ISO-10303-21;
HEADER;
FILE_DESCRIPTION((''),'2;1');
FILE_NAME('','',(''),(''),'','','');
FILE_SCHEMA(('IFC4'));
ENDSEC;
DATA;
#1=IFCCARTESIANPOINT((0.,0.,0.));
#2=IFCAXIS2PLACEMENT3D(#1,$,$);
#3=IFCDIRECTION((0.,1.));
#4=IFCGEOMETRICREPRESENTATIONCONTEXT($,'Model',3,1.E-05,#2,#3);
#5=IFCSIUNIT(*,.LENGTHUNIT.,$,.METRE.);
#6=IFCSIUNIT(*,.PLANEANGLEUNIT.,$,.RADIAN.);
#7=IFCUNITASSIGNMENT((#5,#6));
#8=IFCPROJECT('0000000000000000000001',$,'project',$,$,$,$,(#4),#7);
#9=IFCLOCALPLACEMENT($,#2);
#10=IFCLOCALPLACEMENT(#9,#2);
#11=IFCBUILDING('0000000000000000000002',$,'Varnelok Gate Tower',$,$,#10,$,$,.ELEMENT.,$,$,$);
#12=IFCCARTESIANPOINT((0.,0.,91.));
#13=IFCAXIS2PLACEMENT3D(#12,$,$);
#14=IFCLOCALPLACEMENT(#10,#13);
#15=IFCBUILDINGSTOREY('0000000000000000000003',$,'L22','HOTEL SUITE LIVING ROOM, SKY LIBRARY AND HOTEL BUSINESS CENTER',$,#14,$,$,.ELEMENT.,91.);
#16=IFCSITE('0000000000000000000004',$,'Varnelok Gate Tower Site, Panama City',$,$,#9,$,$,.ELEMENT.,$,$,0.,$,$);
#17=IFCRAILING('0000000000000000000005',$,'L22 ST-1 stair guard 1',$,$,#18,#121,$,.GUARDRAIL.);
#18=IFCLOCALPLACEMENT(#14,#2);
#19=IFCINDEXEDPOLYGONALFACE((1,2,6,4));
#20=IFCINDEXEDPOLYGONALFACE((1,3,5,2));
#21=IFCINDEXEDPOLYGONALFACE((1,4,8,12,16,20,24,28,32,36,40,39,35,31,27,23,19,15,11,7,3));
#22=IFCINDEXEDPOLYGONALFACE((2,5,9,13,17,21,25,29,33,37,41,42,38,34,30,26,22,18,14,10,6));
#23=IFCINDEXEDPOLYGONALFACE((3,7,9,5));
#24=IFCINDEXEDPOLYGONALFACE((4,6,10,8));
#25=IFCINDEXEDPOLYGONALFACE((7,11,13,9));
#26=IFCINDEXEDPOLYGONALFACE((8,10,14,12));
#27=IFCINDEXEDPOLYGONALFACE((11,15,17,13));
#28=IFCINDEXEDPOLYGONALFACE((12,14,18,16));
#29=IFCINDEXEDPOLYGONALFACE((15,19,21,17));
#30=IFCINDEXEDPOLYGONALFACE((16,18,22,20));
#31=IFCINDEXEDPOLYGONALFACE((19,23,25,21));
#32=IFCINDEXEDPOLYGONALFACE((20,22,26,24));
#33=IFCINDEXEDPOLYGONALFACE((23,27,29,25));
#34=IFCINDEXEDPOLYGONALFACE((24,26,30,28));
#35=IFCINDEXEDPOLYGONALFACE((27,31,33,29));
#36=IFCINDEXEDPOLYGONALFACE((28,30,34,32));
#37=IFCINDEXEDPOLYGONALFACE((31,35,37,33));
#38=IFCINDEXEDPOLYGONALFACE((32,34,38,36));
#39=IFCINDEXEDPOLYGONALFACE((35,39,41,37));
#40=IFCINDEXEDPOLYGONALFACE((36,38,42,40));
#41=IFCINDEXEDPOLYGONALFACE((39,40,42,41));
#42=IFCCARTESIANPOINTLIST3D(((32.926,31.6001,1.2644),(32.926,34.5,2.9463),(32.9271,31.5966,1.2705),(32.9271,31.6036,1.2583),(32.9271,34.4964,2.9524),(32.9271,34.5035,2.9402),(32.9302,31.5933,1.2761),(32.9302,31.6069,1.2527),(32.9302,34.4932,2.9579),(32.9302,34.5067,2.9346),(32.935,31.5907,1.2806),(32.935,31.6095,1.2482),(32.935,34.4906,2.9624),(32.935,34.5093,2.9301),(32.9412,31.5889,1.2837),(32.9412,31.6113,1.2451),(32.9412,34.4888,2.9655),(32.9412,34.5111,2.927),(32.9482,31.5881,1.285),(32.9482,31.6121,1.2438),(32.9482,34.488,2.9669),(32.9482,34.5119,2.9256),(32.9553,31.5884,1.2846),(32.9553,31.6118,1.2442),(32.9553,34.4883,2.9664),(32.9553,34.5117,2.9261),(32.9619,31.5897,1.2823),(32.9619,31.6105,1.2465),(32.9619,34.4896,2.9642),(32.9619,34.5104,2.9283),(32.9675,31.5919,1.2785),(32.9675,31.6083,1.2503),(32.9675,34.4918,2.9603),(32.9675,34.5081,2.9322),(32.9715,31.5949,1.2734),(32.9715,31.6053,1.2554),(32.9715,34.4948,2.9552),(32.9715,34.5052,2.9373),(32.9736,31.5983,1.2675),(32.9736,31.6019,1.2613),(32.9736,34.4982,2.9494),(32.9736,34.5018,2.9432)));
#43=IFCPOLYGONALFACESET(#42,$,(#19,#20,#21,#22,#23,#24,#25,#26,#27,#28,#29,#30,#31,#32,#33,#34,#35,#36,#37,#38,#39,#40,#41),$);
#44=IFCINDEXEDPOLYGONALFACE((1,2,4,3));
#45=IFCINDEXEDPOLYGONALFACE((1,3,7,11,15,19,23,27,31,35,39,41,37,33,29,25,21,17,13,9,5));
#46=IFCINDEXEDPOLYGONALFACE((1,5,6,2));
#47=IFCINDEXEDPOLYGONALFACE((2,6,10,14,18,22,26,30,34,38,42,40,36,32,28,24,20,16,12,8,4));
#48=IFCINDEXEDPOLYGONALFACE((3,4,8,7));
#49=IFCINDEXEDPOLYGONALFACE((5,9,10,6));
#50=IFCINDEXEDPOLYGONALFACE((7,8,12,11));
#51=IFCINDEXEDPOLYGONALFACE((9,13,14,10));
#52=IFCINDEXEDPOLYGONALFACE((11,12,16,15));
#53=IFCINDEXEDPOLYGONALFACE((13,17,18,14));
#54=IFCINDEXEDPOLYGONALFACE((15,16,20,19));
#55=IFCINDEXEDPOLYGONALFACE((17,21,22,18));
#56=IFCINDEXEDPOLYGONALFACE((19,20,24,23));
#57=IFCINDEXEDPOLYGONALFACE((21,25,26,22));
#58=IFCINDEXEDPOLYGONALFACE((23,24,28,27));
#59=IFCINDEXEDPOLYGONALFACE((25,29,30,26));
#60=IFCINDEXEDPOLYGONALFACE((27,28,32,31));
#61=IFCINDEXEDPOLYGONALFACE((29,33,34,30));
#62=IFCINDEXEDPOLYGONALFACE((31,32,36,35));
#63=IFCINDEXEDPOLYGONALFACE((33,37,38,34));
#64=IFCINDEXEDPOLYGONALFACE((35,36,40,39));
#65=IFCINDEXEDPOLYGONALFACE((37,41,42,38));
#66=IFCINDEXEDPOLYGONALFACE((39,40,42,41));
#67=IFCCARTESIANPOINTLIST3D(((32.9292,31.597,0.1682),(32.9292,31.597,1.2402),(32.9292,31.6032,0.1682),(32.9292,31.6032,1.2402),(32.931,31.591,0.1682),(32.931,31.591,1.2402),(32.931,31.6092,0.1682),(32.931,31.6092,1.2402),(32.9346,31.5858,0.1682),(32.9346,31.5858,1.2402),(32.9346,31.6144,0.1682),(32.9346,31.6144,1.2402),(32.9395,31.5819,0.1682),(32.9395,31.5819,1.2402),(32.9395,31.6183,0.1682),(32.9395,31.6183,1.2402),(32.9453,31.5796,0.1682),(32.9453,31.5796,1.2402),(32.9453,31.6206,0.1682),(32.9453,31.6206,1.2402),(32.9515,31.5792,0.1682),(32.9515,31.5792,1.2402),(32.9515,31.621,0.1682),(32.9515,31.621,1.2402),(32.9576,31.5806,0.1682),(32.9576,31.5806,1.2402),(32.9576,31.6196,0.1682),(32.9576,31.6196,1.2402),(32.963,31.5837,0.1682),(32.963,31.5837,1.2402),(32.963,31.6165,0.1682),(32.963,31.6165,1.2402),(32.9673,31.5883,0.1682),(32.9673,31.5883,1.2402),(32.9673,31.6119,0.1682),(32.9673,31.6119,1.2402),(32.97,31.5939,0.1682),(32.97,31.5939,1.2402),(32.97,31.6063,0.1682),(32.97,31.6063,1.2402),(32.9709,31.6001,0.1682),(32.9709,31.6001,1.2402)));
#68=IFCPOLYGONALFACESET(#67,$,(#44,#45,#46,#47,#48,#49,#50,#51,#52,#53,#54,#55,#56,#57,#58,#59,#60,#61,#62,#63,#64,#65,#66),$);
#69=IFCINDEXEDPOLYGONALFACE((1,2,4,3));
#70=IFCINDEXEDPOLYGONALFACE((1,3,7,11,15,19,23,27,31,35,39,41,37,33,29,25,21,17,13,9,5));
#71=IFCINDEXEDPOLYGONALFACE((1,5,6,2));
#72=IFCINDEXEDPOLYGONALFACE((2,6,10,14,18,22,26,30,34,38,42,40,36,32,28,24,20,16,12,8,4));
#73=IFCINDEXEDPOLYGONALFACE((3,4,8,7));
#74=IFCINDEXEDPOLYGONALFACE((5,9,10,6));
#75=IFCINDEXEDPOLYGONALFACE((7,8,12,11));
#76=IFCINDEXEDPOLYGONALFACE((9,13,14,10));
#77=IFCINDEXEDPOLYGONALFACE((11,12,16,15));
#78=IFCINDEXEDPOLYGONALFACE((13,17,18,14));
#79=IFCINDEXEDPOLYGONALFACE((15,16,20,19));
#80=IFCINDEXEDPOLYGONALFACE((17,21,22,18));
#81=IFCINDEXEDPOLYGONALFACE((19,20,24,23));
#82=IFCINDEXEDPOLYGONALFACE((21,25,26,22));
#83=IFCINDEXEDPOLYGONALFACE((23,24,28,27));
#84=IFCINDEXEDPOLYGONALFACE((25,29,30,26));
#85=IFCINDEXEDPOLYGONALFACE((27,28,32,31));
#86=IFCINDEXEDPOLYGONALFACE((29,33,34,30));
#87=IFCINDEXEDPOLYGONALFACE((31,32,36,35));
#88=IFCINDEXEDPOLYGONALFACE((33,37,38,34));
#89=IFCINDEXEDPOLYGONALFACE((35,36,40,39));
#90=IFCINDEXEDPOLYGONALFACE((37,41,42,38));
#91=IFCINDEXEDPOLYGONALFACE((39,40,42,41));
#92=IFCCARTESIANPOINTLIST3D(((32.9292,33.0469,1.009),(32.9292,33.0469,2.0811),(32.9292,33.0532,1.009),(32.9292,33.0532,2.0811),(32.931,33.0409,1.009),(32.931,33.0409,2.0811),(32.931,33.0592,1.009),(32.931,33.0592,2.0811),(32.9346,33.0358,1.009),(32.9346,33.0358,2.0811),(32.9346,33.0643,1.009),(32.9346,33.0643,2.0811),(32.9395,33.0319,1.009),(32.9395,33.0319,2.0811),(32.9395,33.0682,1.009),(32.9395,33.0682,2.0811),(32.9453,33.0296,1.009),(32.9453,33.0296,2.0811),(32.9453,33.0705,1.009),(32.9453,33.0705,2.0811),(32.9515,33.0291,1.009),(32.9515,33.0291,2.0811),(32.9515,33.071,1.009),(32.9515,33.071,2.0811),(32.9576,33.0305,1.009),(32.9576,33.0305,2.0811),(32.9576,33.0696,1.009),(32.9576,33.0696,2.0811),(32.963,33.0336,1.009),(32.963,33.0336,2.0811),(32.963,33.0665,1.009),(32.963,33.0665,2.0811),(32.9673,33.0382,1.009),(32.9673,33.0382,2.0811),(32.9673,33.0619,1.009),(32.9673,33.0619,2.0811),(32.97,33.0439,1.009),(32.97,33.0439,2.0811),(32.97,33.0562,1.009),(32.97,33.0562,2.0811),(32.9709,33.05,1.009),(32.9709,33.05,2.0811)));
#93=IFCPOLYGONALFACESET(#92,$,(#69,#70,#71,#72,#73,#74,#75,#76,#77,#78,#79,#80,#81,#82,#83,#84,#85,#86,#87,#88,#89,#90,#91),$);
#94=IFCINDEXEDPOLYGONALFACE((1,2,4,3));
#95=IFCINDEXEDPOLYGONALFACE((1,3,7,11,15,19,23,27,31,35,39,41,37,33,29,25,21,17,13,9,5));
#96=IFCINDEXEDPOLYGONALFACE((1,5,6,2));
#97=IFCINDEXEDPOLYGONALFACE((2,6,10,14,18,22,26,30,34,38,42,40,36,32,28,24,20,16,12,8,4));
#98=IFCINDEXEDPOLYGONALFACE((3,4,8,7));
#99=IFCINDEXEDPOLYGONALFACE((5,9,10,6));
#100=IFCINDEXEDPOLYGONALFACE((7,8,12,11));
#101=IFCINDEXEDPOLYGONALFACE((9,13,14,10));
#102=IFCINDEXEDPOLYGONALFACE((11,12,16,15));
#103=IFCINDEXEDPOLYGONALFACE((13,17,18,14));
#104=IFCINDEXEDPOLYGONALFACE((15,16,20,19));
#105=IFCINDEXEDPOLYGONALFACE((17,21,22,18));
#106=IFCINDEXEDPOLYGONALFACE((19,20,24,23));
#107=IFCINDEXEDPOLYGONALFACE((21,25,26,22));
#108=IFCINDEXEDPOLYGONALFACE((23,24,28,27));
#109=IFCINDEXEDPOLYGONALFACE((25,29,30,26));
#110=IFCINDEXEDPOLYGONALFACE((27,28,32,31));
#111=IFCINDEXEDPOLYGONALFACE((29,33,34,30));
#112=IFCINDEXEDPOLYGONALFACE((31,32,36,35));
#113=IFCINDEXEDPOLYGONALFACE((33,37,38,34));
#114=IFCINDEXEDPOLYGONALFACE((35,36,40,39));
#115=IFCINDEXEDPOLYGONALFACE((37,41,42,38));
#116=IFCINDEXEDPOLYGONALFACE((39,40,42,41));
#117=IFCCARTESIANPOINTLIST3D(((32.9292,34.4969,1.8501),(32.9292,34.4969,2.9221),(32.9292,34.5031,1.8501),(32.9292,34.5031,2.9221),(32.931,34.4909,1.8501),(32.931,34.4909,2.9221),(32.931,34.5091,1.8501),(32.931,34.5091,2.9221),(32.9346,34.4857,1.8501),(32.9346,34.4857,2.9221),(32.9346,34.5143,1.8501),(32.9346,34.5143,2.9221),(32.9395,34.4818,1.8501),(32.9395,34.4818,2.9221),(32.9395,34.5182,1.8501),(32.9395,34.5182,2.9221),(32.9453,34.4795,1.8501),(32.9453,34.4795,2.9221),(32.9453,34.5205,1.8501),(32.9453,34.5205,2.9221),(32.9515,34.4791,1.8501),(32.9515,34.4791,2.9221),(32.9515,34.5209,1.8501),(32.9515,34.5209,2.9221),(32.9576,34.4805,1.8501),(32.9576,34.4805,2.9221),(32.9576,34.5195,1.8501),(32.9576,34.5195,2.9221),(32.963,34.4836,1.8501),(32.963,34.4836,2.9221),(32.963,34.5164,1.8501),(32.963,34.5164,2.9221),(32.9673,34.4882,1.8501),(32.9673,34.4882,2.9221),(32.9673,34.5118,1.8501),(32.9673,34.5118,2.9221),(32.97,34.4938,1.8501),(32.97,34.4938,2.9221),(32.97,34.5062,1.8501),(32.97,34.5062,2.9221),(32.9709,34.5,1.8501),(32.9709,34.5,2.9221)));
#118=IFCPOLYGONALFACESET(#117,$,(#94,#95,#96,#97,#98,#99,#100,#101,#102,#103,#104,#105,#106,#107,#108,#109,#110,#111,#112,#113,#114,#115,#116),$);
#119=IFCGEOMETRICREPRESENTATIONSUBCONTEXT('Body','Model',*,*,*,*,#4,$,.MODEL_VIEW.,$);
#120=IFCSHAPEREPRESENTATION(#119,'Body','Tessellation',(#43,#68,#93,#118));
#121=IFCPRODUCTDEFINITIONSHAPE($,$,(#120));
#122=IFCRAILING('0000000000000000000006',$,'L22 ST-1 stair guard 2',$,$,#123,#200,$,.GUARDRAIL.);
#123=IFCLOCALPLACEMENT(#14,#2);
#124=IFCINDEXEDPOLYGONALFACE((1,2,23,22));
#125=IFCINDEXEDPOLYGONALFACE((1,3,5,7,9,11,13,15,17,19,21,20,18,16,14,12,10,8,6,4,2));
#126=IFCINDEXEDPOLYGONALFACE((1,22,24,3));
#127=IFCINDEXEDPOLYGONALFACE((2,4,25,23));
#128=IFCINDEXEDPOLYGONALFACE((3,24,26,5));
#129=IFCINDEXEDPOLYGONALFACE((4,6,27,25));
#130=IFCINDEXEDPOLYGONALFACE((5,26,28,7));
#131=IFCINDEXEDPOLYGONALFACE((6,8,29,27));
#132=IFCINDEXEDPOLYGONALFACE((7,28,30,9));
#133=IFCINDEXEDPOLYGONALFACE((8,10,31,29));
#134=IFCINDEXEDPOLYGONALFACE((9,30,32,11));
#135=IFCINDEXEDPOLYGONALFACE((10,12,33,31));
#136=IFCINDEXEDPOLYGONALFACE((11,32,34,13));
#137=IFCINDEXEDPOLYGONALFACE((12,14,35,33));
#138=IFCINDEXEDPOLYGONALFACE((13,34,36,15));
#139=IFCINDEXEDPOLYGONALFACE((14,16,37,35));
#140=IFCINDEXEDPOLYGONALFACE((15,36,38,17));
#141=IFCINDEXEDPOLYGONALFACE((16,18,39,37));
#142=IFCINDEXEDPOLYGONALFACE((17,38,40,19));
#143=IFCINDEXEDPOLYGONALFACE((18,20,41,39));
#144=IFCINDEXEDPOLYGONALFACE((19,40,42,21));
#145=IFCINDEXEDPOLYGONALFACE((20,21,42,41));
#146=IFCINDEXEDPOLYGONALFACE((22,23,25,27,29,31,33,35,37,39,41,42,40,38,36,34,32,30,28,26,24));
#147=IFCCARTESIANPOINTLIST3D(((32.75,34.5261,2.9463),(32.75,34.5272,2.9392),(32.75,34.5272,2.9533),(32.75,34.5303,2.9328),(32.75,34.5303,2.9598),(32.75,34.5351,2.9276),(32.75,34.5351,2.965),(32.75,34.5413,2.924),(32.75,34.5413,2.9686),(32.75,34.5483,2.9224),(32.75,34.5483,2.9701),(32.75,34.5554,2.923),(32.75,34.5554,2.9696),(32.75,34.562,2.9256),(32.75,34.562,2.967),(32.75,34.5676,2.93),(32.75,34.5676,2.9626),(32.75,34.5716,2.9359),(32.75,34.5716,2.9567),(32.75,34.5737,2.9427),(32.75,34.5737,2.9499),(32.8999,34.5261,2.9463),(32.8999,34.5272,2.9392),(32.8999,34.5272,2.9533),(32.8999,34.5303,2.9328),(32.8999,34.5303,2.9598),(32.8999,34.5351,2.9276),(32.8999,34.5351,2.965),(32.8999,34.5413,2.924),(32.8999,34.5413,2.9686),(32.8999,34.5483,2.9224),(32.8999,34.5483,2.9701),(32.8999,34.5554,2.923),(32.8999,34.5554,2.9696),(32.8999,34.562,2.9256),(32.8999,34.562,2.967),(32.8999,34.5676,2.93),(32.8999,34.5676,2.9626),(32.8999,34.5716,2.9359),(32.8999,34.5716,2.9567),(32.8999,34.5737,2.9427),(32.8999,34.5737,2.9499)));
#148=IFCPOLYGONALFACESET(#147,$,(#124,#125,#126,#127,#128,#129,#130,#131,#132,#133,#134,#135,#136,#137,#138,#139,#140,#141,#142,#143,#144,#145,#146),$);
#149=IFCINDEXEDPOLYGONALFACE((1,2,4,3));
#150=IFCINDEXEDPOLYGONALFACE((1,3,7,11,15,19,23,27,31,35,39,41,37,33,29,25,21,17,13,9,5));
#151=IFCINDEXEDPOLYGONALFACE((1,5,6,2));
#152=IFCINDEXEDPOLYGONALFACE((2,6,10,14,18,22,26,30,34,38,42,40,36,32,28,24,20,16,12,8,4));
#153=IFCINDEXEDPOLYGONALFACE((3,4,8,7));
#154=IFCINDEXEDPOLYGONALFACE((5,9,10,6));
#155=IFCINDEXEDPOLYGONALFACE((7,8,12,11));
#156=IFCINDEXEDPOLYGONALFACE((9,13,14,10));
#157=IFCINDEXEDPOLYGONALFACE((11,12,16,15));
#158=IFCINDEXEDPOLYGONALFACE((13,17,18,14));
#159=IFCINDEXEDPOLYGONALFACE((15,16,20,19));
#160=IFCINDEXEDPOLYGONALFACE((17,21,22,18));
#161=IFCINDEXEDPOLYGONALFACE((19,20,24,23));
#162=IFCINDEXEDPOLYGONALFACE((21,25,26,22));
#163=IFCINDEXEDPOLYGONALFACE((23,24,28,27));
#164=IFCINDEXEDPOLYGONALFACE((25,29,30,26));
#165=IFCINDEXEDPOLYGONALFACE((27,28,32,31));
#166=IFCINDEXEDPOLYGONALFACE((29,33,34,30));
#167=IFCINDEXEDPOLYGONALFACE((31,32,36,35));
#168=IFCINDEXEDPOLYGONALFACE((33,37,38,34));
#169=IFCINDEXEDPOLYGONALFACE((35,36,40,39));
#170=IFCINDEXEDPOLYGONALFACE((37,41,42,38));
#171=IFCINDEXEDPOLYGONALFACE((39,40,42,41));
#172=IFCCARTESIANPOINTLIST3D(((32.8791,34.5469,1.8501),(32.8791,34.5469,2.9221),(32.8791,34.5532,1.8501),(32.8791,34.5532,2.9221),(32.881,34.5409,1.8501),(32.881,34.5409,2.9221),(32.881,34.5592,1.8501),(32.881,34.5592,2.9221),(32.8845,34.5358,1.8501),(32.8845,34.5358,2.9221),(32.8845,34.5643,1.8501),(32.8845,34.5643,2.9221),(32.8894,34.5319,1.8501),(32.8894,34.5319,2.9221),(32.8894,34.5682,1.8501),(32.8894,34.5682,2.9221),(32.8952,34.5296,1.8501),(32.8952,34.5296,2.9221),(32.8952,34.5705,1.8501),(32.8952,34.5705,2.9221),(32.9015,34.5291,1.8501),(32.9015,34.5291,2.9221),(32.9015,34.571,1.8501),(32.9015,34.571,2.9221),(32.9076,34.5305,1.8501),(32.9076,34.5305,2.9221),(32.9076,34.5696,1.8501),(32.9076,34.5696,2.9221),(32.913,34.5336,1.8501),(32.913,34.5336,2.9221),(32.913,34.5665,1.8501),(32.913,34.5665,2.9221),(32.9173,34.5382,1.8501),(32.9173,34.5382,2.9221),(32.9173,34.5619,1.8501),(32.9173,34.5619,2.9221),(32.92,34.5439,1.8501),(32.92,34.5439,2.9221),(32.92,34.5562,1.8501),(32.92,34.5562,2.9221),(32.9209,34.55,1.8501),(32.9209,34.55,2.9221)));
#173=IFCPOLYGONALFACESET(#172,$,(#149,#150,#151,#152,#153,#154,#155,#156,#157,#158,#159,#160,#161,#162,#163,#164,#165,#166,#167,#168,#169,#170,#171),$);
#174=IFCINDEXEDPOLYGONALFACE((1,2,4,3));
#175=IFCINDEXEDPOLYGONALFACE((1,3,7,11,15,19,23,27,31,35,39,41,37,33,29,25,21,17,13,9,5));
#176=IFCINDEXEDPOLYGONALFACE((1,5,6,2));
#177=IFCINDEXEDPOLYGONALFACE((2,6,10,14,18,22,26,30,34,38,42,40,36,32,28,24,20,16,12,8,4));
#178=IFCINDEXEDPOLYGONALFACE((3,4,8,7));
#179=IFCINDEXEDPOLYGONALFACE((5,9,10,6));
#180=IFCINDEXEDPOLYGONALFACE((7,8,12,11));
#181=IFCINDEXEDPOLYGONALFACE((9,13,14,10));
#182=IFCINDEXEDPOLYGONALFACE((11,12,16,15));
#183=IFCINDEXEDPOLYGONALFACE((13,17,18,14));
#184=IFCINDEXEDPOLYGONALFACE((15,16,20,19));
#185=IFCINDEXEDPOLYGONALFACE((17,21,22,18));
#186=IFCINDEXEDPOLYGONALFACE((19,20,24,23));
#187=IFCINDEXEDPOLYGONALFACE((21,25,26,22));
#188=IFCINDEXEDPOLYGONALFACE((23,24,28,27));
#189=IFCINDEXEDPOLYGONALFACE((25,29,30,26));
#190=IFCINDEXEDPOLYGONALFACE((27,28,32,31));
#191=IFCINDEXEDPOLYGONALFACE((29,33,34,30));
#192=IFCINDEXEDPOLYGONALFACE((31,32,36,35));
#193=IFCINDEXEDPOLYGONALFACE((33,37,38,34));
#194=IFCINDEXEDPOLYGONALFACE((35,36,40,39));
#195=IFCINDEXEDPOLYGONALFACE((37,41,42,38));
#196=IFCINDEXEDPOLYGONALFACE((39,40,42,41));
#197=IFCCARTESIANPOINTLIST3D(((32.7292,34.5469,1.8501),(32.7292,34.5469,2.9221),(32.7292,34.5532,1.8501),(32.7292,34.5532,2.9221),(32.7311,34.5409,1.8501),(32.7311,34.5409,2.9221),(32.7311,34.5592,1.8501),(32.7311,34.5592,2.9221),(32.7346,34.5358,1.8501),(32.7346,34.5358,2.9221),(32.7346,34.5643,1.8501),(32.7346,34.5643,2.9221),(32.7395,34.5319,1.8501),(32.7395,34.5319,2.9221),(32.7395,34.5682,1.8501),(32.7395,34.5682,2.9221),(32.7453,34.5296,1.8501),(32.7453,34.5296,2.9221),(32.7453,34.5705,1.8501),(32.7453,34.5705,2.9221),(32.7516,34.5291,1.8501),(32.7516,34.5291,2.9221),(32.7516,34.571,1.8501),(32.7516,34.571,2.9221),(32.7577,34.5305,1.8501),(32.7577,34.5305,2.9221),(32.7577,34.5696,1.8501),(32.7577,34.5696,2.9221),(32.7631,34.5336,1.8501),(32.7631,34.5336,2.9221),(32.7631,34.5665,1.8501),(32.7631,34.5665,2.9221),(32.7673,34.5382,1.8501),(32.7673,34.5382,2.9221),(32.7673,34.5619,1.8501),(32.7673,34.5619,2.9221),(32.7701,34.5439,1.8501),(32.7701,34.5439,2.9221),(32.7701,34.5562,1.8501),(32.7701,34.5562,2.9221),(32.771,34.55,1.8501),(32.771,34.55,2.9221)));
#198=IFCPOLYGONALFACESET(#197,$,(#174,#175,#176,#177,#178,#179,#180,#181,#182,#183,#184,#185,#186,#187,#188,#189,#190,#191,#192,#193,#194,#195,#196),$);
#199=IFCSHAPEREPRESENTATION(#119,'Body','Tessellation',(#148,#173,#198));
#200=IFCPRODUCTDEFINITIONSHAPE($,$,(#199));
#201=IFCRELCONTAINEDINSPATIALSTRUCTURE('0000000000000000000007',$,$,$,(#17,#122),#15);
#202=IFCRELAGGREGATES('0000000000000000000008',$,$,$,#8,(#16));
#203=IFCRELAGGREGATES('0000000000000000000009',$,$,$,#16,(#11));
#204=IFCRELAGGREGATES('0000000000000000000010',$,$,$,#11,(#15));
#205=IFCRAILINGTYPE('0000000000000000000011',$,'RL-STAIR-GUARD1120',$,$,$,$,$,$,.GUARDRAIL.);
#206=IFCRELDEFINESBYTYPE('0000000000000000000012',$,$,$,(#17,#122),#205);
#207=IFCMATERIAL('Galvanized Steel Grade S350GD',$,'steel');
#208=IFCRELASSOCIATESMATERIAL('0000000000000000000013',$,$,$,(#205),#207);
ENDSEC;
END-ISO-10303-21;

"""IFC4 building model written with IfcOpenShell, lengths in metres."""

from ifc_helpers import new_model, si_unit, direction, frame, origin, origin_2d, place, context, subcontext, project, spatial, circle, extrude, material, type_object, element, save


model = new_model("IFC4")

# Units and contexts
model_context = context("Model", 3, precision=1e-05, world=origin(), true_north=direction((0.0, 1.0)))
body_context = subcontext(model_context, "Body", "Model", "MODEL_VIEW")
ifc_project = project(units=[si_unit("LENGTHUNIT", "METRE"), si_unit("PLANEANGLEUNIT", "RADIAN")], contexts=[model_context])

# Site, building, storey
site_placement = place(None, origin())
site = spatial("IfcSite", under=ifc_project, at=site_placement, Name="Varnelok Gate Tower Site, Panama City", CompositionType="ELEMENT", RefElevation=0.0)
building_placement = place(site_placement, origin())
building = spatial("IfcBuilding", under=site, at=building_placement, Name="Varnelok Gate Tower", CompositionType="ELEMENT")
storey_placement = place(building_placement, frame((0.0, 0.0, 91.0)))
storey = spatial("IfcBuildingStorey", under=building, at=storey_placement, Name="L22", Description="HOTEL SUITE LIVING ROOM, SKY LIBRARY AND HOTEL BUSINESS CENTER", CompositionType="ELEMENT", Elevation=91.0)

# Shared definitions
ifc_material_1 = material(Name="Galvanized Steel Grade S350GD", Category="steel")

# Railings
railing_type_1 = type_object("IfcRailingType", Name="RL-STAIR-GUARD1120", PredefinedType="GUARDRAIL", material=ifc_material_1)
railing_1_placement = place(storey_placement, frame((32.95, 31.6001, 0.1682)))
element("IfcRailing", 1, at=railing_1_placement, inside=storey, type_object=railing_type_1, Name="L22 ST-1 stair guard 1", PredefinedType="GUARDRAIL", context=body_context, shape_type="SweptSolid", body=[
    extrude(circle(Radius=0.0239, at=origin_2d()), frame((0.0, 0.0, 1.0962), z_axis=(0.0, 0.865039, 0.501705), x_axis=(-1.0, 0.0, 0.0)), (0.0, 0.0, 1.0), 3.3523),
    extrude(circle(Radius=0.021, at=origin_2d()), origin(), (0.0, 0.0, 1.0), 1.072),
    extrude(circle(Radius=0.021, at=origin_2d()), frame((0.0, 1.45, 0.8408)), (0.0, 0.0, 1.0), 1.072),
    extrude(circle(Radius=0.021, at=origin_2d()), frame((0.0, 2.8999, 1.6819)), (0.0, 0.0, 1.0), 1.072),
])
railing_2_placement = place(storey_placement, frame((32.8999, 34.55, 1.8501)))
element("IfcRailing", 2, at=railing_2_placement, inside=storey, type_object=railing_type_1, Name="L22 ST-1 stair guard 2", PredefinedType="GUARDRAIL", context=body_context, shape_type="SweptSolid", body=[
    extrude(circle(Radius=0.0239, at=origin_2d()), frame((0.0, 0.0, 1.0962), z_axis=(-1.0, 0.0, 0.0), x_axis=(0.0, -1.0, 0.0)), (0.0, 0.0, 1.0), 0.1499),
    extrude(circle(Radius=0.021, at=origin_2d()), origin(), (0.0, 0.0, 1.0), 1.072),
    extrude(circle(Radius=0.021, at=origin_2d()), frame((-0.1499, 0.0, 0.0)), (0.0, 0.0, 1.0), 1.072),
])

save(model, "model.ifc")
